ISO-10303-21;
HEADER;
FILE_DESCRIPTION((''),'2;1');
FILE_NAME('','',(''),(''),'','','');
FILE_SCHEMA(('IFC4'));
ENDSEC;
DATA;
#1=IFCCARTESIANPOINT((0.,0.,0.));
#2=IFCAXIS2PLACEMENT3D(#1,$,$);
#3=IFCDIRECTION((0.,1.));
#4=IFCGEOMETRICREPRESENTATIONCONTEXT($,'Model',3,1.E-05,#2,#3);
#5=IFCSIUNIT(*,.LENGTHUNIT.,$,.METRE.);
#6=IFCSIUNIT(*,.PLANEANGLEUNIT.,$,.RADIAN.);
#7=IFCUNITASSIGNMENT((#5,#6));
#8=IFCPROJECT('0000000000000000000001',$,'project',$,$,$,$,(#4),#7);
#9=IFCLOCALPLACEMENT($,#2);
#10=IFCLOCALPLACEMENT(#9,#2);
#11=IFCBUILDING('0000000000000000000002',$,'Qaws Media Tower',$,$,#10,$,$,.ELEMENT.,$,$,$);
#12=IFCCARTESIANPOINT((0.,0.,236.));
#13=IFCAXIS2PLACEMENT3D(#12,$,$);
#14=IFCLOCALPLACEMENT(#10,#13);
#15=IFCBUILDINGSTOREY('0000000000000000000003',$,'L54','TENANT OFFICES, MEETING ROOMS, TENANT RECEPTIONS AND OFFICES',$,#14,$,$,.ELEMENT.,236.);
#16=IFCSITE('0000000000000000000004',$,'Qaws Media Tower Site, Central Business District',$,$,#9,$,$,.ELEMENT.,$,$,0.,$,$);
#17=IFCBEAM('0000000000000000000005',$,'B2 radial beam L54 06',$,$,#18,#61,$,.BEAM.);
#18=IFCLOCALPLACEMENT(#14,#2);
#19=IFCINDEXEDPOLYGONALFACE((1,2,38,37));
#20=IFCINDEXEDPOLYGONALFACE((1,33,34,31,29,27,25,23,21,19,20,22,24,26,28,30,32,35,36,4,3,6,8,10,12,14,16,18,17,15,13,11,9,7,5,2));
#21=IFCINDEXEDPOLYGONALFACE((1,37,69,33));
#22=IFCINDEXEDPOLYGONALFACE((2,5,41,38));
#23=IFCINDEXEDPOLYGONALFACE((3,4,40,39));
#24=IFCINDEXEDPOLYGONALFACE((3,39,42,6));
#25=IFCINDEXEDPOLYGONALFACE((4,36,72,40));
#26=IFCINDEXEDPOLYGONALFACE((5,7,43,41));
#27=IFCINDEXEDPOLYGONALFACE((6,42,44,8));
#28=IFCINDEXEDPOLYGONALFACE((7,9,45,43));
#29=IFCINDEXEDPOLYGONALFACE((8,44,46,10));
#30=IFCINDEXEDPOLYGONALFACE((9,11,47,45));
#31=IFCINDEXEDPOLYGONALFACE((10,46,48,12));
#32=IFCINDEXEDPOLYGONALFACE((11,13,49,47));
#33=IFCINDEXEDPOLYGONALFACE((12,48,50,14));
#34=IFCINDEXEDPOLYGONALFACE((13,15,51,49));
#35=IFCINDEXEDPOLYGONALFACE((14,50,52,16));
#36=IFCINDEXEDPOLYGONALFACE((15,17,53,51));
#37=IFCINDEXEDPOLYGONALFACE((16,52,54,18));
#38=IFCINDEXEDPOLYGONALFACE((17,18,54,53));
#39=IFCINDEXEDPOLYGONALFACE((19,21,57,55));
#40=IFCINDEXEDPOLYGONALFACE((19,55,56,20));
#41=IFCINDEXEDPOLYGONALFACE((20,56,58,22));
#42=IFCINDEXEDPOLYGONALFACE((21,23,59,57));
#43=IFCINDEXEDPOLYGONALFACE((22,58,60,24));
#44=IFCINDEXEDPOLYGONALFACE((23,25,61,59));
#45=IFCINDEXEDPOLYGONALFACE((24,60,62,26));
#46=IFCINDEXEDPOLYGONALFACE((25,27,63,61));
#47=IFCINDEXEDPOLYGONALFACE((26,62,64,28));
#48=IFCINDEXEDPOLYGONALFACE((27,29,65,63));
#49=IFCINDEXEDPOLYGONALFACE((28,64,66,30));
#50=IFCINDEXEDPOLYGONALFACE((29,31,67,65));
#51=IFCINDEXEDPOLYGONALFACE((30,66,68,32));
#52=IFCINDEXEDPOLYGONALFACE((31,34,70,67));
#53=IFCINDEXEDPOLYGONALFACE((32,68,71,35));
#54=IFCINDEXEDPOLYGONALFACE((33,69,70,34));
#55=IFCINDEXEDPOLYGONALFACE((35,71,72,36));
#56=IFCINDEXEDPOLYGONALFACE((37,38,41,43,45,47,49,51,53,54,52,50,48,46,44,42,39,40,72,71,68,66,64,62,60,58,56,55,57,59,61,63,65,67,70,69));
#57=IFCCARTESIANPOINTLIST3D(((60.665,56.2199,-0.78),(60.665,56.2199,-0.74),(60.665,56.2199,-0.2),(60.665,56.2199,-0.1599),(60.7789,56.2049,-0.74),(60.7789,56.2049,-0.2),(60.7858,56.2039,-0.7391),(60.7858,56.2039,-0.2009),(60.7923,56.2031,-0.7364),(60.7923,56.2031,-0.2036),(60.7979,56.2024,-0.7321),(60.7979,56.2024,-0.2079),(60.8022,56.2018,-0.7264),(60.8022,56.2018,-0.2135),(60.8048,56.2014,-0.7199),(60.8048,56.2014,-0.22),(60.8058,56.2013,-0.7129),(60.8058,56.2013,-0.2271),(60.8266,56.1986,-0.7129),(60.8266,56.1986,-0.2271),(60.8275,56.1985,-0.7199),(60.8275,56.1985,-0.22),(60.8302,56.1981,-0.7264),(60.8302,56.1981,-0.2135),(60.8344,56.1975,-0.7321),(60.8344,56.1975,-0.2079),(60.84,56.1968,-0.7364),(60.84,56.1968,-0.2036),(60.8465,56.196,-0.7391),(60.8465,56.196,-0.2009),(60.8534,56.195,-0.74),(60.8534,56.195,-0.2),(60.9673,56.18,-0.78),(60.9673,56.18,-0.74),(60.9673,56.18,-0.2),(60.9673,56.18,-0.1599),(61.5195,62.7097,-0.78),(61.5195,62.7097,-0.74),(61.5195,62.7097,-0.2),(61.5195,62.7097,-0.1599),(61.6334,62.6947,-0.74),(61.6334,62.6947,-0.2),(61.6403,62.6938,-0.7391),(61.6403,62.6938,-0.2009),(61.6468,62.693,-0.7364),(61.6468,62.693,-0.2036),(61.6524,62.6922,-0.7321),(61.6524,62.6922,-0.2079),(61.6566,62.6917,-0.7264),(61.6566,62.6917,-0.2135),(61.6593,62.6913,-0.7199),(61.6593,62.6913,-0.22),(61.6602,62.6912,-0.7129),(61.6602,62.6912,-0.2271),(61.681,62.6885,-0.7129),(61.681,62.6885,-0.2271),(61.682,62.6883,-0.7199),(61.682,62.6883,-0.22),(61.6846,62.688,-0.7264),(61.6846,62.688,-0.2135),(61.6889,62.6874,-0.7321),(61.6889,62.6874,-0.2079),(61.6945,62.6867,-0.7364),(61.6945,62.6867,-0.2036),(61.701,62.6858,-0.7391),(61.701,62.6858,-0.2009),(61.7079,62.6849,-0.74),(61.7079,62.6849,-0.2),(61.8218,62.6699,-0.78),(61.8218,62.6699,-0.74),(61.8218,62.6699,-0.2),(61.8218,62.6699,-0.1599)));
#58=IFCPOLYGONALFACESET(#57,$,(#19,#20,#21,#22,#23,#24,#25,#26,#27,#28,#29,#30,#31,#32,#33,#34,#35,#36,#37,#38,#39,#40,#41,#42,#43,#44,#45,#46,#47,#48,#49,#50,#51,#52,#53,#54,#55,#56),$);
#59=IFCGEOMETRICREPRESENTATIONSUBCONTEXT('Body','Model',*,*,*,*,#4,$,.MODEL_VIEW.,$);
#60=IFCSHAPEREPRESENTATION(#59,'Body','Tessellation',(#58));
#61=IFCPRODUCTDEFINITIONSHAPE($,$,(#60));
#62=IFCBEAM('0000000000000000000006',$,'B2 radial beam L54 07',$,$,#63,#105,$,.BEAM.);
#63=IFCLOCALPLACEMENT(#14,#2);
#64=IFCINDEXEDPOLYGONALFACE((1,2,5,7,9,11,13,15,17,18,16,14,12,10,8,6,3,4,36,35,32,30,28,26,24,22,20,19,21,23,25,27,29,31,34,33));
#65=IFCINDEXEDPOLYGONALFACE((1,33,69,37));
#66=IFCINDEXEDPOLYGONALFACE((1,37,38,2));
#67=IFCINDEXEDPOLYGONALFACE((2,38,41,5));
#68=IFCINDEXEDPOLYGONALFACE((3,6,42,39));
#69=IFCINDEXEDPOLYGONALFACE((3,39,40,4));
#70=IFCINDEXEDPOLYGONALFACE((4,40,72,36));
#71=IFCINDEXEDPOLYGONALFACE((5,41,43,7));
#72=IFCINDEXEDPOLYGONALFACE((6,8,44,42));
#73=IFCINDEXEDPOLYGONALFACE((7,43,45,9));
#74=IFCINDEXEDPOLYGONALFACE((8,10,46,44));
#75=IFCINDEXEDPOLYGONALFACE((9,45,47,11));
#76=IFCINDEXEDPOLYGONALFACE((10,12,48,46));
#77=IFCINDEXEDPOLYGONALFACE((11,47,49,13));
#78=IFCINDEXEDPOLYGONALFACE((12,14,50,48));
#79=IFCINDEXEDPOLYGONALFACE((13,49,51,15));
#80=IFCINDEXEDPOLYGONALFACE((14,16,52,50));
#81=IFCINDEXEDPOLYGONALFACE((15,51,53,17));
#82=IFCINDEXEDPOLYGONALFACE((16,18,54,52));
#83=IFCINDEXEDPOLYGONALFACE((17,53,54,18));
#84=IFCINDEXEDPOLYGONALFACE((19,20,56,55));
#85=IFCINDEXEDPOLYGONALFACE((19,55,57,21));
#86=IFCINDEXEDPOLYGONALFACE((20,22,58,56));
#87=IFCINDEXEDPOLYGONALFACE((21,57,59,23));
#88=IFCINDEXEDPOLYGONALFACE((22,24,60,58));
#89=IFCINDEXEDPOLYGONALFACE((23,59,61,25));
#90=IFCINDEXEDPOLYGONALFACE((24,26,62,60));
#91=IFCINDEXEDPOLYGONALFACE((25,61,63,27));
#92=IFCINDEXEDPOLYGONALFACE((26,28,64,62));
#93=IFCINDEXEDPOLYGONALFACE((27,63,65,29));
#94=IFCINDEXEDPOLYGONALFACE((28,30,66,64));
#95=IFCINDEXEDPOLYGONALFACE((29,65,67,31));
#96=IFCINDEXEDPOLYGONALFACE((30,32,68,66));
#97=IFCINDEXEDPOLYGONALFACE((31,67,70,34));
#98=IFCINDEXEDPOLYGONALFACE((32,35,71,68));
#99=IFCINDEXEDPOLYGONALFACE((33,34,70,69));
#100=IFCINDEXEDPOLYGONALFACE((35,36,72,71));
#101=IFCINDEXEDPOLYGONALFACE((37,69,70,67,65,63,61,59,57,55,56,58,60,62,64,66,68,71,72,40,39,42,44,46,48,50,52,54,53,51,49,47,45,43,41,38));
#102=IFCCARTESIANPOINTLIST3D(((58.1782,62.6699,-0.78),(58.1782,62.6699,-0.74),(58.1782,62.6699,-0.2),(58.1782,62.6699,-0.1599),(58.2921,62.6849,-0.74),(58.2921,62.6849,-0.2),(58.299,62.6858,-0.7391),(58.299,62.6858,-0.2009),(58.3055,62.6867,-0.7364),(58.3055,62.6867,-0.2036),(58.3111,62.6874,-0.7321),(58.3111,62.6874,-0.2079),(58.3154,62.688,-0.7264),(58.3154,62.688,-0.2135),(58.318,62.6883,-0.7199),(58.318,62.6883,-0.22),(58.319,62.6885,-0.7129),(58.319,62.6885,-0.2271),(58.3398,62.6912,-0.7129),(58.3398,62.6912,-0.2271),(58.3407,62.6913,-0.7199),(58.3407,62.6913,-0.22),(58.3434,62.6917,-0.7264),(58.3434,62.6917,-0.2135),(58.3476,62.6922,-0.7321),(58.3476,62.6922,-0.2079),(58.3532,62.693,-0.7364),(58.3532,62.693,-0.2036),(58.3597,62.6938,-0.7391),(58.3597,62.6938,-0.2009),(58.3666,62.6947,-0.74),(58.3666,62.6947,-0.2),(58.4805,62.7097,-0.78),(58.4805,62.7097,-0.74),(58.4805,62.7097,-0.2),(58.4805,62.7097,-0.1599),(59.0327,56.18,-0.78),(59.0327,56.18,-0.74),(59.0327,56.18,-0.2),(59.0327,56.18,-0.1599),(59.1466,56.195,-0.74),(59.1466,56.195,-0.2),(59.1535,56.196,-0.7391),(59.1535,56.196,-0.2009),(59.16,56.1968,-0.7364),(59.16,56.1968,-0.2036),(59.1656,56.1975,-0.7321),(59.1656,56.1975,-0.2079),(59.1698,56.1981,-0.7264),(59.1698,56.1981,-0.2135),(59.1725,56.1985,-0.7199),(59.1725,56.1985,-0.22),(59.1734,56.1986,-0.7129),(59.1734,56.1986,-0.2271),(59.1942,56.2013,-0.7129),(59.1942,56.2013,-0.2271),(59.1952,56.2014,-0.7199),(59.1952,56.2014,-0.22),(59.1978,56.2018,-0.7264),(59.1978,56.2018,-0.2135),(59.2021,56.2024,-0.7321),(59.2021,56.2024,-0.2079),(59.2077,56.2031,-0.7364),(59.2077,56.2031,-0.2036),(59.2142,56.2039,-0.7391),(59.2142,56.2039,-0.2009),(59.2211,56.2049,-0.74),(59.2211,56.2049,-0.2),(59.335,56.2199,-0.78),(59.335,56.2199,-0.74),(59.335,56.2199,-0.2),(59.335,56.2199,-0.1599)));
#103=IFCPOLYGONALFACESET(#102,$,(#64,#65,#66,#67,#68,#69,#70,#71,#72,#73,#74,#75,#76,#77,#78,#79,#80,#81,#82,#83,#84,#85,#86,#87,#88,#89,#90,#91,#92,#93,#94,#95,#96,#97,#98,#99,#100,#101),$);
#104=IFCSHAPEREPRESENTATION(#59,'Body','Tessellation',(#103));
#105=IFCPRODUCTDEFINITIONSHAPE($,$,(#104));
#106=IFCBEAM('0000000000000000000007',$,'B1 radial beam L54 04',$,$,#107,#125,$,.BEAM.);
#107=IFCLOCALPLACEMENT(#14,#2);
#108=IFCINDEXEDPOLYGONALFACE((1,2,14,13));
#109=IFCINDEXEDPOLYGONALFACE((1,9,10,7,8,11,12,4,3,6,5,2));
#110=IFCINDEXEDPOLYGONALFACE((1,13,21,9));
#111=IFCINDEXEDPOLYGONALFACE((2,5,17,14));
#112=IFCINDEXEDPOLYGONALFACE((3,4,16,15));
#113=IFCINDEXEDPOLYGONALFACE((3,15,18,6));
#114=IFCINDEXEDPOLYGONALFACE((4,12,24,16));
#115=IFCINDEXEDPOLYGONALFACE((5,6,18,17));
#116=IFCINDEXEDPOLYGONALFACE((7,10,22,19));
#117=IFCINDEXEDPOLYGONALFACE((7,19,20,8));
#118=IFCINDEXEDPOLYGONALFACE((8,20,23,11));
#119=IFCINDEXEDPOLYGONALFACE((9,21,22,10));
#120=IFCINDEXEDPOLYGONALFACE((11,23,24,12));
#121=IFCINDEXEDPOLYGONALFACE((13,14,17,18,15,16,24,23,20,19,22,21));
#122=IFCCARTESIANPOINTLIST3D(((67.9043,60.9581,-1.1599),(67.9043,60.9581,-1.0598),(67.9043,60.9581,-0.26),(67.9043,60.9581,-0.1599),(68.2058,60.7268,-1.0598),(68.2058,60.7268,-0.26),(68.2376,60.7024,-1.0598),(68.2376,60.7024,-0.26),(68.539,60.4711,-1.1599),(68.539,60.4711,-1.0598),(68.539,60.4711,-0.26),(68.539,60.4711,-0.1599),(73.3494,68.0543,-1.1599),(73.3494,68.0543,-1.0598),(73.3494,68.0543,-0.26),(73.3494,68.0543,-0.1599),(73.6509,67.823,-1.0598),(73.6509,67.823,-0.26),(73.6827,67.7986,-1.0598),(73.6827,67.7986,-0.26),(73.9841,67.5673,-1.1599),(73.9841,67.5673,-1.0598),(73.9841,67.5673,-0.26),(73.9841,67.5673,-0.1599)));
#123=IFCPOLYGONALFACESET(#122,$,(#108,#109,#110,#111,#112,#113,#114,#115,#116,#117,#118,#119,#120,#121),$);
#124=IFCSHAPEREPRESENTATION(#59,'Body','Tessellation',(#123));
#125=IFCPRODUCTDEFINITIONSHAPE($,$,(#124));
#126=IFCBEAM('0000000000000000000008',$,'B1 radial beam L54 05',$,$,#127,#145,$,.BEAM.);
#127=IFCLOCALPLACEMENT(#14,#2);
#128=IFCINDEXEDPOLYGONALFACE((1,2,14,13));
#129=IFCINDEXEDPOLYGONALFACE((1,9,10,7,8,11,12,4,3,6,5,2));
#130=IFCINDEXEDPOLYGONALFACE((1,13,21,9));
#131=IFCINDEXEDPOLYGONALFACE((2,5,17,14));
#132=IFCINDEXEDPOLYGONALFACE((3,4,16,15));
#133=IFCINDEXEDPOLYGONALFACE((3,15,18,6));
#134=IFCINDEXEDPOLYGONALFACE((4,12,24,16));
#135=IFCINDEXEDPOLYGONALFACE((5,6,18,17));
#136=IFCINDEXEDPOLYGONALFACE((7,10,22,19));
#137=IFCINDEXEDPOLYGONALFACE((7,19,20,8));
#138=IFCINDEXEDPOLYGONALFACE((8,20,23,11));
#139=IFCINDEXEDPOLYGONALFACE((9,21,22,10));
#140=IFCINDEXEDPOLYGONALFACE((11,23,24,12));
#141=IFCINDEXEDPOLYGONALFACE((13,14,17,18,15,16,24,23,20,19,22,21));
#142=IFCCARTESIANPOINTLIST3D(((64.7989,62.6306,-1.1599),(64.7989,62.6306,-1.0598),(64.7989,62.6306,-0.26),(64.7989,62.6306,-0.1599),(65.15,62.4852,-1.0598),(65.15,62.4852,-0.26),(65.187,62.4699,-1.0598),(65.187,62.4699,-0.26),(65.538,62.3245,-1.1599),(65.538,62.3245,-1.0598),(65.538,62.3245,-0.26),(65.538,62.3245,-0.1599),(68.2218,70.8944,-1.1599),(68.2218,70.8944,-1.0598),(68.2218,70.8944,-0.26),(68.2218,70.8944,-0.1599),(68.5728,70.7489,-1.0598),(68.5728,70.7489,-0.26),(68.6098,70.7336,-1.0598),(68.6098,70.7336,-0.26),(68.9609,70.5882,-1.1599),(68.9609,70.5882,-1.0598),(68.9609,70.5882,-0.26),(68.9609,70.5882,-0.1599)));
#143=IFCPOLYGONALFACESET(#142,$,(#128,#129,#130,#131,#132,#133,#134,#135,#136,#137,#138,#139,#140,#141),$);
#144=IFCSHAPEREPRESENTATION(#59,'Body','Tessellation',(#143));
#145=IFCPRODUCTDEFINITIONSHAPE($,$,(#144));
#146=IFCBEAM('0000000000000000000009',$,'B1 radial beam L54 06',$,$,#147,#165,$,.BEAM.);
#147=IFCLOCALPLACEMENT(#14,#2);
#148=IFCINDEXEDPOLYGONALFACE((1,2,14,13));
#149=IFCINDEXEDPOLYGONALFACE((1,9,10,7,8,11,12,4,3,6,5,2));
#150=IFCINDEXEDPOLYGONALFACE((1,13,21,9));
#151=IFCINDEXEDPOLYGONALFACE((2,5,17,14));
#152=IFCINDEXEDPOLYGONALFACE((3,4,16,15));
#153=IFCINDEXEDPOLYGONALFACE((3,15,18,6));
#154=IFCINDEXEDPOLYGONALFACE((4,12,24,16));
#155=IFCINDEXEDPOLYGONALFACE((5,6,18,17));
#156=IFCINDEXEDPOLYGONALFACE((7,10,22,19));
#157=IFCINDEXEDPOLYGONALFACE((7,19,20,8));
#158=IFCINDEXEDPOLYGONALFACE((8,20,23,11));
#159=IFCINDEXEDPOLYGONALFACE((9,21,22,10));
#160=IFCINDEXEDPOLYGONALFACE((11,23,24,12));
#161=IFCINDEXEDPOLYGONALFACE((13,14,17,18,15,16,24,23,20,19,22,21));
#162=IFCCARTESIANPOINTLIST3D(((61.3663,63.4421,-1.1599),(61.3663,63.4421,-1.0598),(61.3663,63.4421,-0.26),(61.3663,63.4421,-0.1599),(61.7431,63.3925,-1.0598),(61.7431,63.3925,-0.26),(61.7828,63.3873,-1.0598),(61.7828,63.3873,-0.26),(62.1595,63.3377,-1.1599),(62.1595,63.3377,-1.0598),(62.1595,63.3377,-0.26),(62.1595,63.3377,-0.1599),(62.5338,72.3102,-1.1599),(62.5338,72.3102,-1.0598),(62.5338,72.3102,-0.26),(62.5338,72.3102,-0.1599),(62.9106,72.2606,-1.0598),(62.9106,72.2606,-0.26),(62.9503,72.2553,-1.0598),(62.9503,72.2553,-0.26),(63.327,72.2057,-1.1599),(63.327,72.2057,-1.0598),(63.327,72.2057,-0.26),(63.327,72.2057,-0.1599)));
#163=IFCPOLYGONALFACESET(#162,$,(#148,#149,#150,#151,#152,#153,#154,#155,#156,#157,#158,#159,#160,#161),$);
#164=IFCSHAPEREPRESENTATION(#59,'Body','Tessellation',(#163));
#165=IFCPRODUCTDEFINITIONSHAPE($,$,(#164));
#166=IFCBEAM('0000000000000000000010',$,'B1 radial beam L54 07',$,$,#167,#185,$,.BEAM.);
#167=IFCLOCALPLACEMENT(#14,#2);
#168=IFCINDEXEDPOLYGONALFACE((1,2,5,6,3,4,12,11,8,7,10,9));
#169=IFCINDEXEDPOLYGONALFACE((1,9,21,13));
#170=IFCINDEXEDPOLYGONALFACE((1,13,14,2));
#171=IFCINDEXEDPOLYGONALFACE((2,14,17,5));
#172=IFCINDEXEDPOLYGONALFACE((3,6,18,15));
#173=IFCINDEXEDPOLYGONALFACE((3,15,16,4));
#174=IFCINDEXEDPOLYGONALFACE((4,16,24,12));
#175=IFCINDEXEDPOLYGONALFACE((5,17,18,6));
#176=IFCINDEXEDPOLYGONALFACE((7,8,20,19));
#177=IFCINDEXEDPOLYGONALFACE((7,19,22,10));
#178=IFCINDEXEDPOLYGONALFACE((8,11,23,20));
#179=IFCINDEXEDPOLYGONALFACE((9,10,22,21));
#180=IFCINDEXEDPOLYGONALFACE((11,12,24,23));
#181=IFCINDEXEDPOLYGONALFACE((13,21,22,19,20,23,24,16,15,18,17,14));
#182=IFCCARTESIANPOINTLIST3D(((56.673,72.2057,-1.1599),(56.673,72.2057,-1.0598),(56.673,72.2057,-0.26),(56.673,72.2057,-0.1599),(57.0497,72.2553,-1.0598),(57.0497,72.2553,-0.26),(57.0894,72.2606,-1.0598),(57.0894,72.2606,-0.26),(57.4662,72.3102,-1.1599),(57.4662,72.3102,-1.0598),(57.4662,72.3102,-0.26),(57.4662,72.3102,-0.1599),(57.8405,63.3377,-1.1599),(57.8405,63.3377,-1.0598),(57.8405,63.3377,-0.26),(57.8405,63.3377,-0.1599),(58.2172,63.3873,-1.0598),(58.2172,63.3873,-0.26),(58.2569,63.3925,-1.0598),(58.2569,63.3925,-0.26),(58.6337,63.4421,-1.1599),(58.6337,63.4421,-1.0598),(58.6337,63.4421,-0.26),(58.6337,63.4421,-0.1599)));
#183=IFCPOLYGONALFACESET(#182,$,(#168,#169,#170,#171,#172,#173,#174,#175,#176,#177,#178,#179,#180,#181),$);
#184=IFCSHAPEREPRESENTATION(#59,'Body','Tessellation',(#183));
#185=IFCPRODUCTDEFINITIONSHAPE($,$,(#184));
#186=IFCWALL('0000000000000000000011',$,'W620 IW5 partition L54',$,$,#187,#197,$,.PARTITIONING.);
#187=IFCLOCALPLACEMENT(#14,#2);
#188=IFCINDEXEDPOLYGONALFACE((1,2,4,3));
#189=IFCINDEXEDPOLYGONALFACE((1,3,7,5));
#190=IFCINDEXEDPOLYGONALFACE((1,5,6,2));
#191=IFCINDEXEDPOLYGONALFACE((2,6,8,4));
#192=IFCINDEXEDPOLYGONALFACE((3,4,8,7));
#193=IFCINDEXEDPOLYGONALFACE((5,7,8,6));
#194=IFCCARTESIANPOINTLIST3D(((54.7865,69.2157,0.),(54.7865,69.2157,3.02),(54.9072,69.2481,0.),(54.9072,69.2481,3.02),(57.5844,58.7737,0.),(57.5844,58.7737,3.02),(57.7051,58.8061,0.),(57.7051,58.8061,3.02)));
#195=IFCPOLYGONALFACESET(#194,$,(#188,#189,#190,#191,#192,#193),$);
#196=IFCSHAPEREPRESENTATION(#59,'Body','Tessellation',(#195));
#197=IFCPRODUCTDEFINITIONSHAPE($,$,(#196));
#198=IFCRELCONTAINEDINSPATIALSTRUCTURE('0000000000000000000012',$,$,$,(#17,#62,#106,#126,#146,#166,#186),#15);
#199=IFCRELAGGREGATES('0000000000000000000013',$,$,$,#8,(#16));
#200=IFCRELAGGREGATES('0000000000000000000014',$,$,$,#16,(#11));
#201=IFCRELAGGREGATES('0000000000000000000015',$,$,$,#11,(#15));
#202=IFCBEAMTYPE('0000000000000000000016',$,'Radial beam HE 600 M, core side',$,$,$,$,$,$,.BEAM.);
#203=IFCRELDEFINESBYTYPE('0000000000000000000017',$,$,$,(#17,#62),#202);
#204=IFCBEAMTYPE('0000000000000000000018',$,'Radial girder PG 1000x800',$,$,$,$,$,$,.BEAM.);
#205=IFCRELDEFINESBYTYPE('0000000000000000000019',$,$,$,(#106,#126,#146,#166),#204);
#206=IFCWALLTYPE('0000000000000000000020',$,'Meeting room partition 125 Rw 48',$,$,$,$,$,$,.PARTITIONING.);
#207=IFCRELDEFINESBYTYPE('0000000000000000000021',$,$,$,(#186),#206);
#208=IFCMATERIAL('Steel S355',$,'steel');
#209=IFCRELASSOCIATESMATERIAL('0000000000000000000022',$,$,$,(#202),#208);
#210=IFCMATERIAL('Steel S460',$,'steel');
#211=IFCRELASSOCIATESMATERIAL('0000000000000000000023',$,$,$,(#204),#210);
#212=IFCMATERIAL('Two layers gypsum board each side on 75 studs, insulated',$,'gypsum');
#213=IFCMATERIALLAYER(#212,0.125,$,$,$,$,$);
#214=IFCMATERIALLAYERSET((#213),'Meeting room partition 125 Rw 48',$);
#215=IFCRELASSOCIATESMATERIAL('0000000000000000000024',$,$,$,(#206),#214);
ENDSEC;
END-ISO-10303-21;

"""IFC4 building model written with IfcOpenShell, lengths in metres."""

from ifc_helpers import new_model, si_unit, direction, frame, frame_2d, origin, origin_2d, place, context, subcontext, project, spatial, rectangle, i_section, extrude, material, layer, layer_set, material_profile, profile_set, type_object, element, save


model = new_model("IFC4")

# Units and contexts
model_context = context("Model", 3, precision=1e-05, world=origin(), true_north=direction((0.0, 1.0)))
body_context = subcontext(model_context, "Body", "Model", "MODEL_VIEW")
ifc_project = project(units=[si_unit("LENGTHUNIT", "METRE"), si_unit("PLANEANGLEUNIT", "RADIAN")], contexts=[model_context])

# Site, building, storey
site_placement = place(None, origin())
site = spatial("IfcSite", under=ifc_project, at=site_placement, Name="Qaws Media Tower Site, Central Business District", CompositionType="ELEMENT", RefElevation=0.0)
building_placement = place(site_placement, origin())
building = spatial("IfcBuilding", under=site, at=building_placement, Name="Qaws Media Tower", CompositionType="ELEMENT")
storey_placement = place(building_placement, frame((0.0, 0.0, 236.0)))
storey = spatial("IfcBuildingStorey", under=building, at=storey_placement, Name="L54", Description="TENANT OFFICES, MEETING ROOMS, TENANT RECEPTIONS AND OFFICES", CompositionType="ELEMENT", Elevation=236.0)

# Beams
ifc_material_1 = material(Name="Steel S355", Category="steel")
ifc_material_profile_1 = material_profile(ifc_material_1, i_section(OverallWidth=0.3049, OverallDepth=0.6201, WebThickness=0.021, FlangeThickness=0.04, FilletRadius=0.0271, at=origin_2d()), Name="HE 600 M")
ifc_profile_set_1 = profile_set([ifc_material_profile_1], Name="Steel S355")
beam_type_1 = type_object("IfcBeamType", Name="Radial beam HE 600 M, core side", PredefinedType="BEAM", material=ifc_profile_set_1)
for number, where, z_axis, x_axis, name in (
    (1, (60.8162, 56.2, -0.47), (0.130537, 0.991444, 0.0), (-0.991444, 0.130537, 0.0), "B2 radial beam L54 06"),
    (2, (59.1838, 56.2, -0.47), (-0.130537, 0.991444, 0.0), (-0.991444, -0.130537, 0.0), "B2 radial beam L54 07"),
):
    element("IfcBeam", number, at=place(storey_placement, frame(where, z_axis=z_axis, x_axis=x_axis)), inside=storey, type_object=beam_type_1, Name=name, PredefinedType="BEAM", context=body_context, shape_type="SweptSolid", body=[
        extrude(i_section(OverallWidth=0.3049, OverallDepth=0.6201, WebThickness=0.021, FlangeThickness=0.04, FilletRadius=0.0271, at=origin_2d()), origin(), (0.0, 0.0, 1.0), 6.5459),
    ])
ifc_material_2 = material(Name="Steel S460", Category="steel")
ifc_material_profile_2 = material_profile(ifc_material_2, i_section(OverallWidth=0.8, OverallDepth=1.0, WebThickness=0.04, FlangeThickness=0.1001, at=origin_2d()), Name="PG 1000x800")
ifc_profile_set_2 = profile_set([ifc_material_profile_2], Name="Steel S460")
beam_type_2 = type_object("IfcBeamType", Name="Radial girder PG 1000x800", PredefinedType="BEAM", material=ifc_profile_set_2)
for number, where, z_axis, x_axis, name in (
    (3, (68.2217, 60.7146, -0.6599), (0.608759, 0.793355, 0.0), (-0.793355, 0.608759, 0.0), "B1 radial beam L54 04"),
    (4, (65.1685, 62.4775, -0.6599), (0.382676, 0.923882, 0.0), (-0.923882, 0.382676, 0.0), "B1 radial beam L54 05"),
    (5, (61.7629, 63.3899, -0.6599), (0.130522, 0.991445, 0.0), (-0.991445, 0.130522, 0.0), "B1 radial beam L54 06"),
    (6, (58.2371, 63.3899, -0.6599), (-0.130522, 0.991445, 0.0), (-0.991445, -0.130522, 0.0), "B1 radial beam L54 07"),
):
    element("IfcBeam", number, at=place(storey_placement, frame(where, z_axis=z_axis, x_axis=x_axis)), inside=storey, type_object=beam_type_2, Name=name, PredefinedType="BEAM", context=body_context, shape_type="SweptSolid", body=[
        extrude(i_section(OverallWidth=0.8, OverallDepth=1.0, WebThickness=0.04, FlangeThickness=0.1001, at=origin_2d()), origin(), (0.0, 0.0, 1.0), 8.9446),
    ])

# Wall
ifc_material_3 = material(Name="Two layers gypsum board each side on 75 studs, insulated", Category="gypsum")
ifc_layer_1 = layer(ifc_material_3, 0.125)
ifc_layer_set_1 = layer_set([ifc_layer_1], Name="Meeting room partition 125 Rw 48")
wall_type_1 = type_object("IfcWallType", Name="Meeting room partition 125 Rw 48", PredefinedType="PARTITIONING", material=ifc_layer_set_1)
wall_1_placement = place(storey_placement, frame((57.6448, 58.7898, 0.0), z_axis=(0.0, 0.0, 1.0), x_axis=(-0.258815, 0.965927, 0.0)))
element("IfcWall", 7, at=wall_1_placement, inside=storey, type_object=wall_type_1, Name="W620 IW5 partition L54", PredefinedType="PARTITIONING", context=body_context, shape_type="SweptSolid", body=[
    extrude(rectangle(XDim=10.8103, YDim=0.125, at=frame_2d((5.4053, 0.0))), origin(), (0.0, 0.0, 1.0), 3.02),
])

save(model, "model.ifc")
